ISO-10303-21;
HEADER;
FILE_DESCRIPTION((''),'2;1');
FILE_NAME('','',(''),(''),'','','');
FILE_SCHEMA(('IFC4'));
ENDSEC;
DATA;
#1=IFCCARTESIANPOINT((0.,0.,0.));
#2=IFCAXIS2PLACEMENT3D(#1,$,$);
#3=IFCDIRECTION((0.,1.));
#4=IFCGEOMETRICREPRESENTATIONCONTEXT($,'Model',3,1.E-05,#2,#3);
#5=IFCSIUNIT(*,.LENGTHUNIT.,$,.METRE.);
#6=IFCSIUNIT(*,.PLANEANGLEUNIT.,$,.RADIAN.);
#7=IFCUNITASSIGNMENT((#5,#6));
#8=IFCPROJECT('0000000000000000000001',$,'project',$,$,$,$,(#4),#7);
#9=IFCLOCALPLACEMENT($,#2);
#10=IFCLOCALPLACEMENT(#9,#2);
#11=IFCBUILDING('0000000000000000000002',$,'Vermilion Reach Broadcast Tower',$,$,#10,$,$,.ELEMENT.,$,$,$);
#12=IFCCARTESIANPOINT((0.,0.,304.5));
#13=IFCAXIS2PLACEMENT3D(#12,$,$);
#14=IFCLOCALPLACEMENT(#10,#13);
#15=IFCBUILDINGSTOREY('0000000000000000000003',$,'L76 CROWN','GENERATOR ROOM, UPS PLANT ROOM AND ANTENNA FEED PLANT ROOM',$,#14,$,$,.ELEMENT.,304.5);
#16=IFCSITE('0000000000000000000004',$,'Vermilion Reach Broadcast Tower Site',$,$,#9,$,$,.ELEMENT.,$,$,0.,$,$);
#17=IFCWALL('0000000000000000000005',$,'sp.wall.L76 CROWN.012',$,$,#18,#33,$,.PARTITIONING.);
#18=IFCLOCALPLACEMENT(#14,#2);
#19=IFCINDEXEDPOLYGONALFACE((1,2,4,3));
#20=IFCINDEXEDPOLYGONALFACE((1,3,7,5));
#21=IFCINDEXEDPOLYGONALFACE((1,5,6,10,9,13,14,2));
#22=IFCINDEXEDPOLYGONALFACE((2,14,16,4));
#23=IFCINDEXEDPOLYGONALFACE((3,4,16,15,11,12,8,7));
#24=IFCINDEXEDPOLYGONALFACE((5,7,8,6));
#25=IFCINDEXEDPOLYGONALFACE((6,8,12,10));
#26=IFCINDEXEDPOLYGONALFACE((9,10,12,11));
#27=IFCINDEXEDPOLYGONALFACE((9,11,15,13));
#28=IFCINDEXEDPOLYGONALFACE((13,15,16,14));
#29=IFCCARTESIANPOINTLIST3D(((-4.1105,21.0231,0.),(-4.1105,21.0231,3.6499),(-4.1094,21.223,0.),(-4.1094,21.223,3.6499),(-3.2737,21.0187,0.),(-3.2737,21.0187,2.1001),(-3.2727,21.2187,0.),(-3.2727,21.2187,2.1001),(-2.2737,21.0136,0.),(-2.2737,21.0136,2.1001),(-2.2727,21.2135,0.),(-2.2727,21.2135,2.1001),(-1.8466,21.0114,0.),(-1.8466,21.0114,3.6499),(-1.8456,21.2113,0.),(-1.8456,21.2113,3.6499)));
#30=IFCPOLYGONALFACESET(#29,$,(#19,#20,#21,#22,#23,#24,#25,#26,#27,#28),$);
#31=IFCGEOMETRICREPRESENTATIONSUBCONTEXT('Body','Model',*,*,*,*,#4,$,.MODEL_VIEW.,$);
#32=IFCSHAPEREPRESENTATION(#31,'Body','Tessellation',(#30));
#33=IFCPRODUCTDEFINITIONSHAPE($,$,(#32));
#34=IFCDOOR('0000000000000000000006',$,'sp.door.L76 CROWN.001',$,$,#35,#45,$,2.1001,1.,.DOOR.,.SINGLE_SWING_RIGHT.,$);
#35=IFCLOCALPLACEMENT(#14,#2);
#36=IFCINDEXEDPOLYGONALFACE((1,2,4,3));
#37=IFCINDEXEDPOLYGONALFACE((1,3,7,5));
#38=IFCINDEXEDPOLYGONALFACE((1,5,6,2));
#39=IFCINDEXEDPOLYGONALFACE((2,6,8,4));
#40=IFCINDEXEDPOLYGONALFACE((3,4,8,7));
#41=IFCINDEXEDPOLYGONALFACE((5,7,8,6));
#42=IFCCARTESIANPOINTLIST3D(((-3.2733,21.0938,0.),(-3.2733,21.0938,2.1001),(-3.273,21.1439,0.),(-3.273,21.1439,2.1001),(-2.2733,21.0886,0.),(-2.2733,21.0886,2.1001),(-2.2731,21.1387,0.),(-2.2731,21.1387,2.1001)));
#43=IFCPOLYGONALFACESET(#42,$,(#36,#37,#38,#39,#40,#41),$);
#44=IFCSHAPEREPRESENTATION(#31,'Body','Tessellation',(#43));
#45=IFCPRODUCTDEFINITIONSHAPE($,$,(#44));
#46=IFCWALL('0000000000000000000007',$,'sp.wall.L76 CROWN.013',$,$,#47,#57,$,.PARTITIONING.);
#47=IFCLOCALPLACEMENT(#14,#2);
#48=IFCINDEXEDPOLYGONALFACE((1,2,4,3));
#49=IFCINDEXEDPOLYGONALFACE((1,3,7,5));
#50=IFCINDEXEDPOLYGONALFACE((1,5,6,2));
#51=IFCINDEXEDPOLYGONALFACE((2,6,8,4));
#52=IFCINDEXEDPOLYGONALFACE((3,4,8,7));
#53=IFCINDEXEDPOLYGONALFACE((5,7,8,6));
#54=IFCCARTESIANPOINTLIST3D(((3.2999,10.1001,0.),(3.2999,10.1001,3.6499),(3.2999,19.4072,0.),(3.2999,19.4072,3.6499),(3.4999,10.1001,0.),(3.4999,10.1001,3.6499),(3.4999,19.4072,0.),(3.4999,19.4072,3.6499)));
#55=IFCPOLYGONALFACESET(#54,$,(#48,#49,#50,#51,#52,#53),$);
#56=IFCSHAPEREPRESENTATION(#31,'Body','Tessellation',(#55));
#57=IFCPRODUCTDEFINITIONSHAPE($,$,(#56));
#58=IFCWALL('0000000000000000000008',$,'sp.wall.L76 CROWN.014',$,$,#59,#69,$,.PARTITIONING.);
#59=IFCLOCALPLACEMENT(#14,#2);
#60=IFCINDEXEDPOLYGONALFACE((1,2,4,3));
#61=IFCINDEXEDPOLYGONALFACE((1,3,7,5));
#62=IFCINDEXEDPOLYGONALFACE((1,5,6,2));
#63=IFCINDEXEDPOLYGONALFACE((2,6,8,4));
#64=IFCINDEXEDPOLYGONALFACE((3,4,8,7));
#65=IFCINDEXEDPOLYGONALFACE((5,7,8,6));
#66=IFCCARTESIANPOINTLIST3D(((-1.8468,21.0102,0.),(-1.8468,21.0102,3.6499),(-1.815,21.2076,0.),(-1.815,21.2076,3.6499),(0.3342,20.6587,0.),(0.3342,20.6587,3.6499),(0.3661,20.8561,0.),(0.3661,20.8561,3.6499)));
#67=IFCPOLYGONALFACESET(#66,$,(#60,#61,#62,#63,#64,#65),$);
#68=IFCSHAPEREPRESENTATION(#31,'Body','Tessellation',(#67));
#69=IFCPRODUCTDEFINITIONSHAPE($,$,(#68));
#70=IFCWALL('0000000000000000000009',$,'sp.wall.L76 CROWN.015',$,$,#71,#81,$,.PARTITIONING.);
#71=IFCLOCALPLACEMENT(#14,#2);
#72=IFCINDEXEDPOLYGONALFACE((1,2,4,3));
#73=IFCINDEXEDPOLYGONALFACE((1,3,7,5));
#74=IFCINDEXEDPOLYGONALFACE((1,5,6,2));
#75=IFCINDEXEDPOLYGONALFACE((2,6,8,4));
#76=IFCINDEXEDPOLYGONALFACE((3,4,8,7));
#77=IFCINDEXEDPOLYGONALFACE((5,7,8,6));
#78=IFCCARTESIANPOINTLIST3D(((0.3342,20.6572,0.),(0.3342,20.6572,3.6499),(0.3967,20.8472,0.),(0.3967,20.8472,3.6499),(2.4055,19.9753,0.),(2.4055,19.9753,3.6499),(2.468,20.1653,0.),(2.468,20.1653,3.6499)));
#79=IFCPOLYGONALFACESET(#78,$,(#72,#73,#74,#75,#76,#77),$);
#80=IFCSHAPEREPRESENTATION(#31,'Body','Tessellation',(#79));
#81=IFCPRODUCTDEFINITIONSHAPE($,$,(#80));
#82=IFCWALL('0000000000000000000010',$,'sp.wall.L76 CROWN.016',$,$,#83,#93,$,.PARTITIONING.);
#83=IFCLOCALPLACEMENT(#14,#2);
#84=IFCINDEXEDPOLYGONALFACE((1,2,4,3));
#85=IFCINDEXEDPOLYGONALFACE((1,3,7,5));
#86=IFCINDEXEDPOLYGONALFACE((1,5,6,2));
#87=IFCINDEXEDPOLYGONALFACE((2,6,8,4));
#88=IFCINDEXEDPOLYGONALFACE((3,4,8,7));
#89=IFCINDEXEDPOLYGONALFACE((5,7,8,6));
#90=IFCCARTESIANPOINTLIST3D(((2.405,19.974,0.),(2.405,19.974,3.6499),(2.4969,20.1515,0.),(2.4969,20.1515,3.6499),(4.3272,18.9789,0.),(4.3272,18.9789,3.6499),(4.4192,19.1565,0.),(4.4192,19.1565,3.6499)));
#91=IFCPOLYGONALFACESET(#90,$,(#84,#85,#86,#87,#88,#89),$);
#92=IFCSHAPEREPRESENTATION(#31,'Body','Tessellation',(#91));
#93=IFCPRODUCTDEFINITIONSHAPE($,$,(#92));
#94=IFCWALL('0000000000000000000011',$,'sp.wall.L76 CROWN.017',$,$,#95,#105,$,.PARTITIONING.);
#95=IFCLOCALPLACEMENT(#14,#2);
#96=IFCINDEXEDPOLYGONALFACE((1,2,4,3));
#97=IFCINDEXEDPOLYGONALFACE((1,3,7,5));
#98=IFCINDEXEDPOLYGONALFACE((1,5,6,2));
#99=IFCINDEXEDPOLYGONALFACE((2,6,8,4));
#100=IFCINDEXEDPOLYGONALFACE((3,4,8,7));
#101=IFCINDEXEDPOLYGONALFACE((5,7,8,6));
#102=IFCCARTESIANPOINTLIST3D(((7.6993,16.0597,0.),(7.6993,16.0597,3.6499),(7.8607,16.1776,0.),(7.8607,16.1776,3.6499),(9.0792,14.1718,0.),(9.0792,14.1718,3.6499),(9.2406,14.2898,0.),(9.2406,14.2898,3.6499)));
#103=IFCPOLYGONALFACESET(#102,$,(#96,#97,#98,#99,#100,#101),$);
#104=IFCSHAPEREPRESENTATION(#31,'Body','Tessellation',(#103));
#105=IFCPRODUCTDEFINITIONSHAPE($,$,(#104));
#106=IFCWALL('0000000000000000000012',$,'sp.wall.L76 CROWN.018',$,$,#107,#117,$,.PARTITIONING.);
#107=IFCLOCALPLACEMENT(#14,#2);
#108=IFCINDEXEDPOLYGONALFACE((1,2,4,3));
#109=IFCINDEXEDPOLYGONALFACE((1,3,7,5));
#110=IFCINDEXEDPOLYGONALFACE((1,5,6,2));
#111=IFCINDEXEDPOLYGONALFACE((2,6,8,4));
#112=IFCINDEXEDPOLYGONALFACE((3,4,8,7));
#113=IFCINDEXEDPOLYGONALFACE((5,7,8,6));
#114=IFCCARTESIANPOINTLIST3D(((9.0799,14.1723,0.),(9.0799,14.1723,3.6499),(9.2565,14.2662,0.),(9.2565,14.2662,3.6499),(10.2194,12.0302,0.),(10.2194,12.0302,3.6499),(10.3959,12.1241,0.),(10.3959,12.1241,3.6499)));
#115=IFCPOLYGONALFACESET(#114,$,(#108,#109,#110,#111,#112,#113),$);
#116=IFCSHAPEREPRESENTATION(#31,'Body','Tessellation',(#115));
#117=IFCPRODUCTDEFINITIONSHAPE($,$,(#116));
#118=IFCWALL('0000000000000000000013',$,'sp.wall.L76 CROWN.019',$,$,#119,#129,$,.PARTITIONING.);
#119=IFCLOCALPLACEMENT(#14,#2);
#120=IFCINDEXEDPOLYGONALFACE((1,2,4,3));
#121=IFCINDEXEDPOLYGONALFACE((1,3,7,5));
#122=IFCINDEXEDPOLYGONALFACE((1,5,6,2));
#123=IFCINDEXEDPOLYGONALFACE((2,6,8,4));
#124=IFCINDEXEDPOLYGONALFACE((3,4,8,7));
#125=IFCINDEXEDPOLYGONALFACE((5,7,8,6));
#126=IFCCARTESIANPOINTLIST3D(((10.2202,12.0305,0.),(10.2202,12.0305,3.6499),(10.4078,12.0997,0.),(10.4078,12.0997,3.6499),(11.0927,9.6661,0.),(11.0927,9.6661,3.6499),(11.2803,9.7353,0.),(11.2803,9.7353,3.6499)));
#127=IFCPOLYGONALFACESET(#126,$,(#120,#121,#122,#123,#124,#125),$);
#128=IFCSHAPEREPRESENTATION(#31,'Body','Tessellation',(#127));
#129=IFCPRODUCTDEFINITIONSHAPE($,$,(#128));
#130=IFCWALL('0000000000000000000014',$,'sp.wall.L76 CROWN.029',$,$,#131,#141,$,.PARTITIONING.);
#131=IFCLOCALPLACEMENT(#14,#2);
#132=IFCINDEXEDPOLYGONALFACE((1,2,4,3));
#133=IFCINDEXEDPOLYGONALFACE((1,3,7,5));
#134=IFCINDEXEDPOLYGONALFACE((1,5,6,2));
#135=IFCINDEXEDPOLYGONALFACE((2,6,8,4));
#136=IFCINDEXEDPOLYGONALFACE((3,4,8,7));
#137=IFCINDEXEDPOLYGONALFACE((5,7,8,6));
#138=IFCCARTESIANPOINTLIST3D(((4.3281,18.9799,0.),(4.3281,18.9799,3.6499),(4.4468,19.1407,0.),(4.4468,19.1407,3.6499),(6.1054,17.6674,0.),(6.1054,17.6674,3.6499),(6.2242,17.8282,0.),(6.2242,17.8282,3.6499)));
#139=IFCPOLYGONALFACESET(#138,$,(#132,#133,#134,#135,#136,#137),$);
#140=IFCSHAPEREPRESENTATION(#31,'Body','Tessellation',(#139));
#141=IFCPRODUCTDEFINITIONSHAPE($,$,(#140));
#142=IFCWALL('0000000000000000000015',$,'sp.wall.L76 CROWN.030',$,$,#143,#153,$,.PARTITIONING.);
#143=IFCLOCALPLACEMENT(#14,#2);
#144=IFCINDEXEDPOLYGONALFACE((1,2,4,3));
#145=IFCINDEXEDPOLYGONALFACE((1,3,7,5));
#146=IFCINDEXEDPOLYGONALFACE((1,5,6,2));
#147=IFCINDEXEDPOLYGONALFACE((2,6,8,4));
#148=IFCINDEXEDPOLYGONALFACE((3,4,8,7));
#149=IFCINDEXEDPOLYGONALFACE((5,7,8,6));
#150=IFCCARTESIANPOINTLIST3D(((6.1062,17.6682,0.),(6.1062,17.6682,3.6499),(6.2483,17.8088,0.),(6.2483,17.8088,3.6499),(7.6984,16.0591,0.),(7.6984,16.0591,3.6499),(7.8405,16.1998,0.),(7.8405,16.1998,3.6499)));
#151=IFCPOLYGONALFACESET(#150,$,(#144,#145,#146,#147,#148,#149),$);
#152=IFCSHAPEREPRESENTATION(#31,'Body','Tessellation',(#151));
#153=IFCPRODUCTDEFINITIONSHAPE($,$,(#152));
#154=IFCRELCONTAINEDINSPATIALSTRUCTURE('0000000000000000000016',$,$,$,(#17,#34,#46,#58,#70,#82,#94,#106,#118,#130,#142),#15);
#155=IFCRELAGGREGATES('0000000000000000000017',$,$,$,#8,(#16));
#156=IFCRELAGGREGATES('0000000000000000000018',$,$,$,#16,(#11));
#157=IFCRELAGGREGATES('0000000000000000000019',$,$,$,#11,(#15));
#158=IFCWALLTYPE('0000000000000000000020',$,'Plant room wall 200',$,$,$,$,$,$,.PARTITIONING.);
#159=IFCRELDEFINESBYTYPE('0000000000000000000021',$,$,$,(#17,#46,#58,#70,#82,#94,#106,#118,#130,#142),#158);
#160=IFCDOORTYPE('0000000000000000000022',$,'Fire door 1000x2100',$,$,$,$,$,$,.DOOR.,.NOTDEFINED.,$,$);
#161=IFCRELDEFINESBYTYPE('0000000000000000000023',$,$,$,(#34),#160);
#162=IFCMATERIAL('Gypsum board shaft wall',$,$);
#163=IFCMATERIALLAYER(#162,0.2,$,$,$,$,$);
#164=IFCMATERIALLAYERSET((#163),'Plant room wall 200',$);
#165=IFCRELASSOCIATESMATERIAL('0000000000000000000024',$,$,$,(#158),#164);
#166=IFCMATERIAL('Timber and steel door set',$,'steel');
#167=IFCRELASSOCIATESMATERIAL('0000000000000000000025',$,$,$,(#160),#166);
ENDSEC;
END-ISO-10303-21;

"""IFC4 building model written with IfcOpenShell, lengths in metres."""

from ifc_helpers import new_model, si_unit, direction, frame, frame_2d, origin, place, context, subcontext, project, spatial, rectangle, extrude, material, layer, layer_set, type_object, element, fill, save


model = new_model("IFC4")

# Units and contexts
model_context = context("Model", 3, precision=1e-05, world=origin(), true_north=direction((0.0, 1.0)))
body_context = subcontext(model_context, "Body", "Model", "MODEL_VIEW")
ifc_project = project(units=[si_unit("LENGTHUNIT", "METRE"), si_unit("PLANEANGLEUNIT", "RADIAN")], contexts=[model_context])

# Site, building, storey
site_placement = place(None, origin())
site = spatial("IfcSite", under=ifc_project, at=site_placement, Name="Vermilion Reach Broadcast Tower Site", CompositionType="ELEMENT", RefElevation=0.0)
building_placement = place(site_placement, origin())
building = spatial("IfcBuilding", under=site, at=building_placement, Name="Vermilion Reach Broadcast Tower", CompositionType="ELEMENT")
storey_placement = place(building_placement, frame((0.0, 0.0, 304.5)))
storey = spatial("IfcBuildingStorey", under=building, at=storey_placement, Name="L76 CROWN", Description="GENERATOR ROOM, UPS PLANT ROOM AND ANTENNA FEED PLANT ROOM", CompositionType="ELEMENT", Elevation=304.5)

# Shared definitions
ifc_material_1 = material(Name="Gypsum board shaft wall")
ifc_layer_1 = layer(ifc_material_1, 0.2)
ifc_layer_set_1 = layer_set([ifc_layer_1], Name="Plant room wall 200")
wall_type_1 = type_object("IfcWallType", Name="Plant room wall 200", PredefinedType="PARTITIONING", material=ifc_layer_set_1)

# Wall, opening, door
wall_1_placement = place(storey_placement, frame((-1.8462, 21.1113, 0.0), z_axis=(0.0, 0.0, 1.0), x_axis=(-0.999987, 0.005176, 0.0)))
wall_1 = element("IfcWall", 1, at=wall_1_placement, inside=storey, type_object=wall_type_1, Name="sp.wall.L76 CROWN.012", PredefinedType="PARTITIONING", context=body_context, shape_type="SweptSolid", body=[
    extrude(rectangle(XDim=2.2639, YDim=0.2, at=frame_2d((1.1318, 0.0))), origin(), (0.0, 0.0, 1.0), 3.6499),
])
opening_placement = place(wall_1_placement, frame((0.427, 0.0, 0.0)))
opening = element("IfcOpeningElement", 2, at=opening_placement, cuts=wall_1, PredefinedType="OPENING", context=body_context, shape_type="SweptSolid", body=[
    extrude(rectangle(XDim=1.0, YDim=2.1001, at=frame_2d((0.5, 1.05))), frame((0.0, 0.1099, 0.0), z_axis=(0.0, -1.0, 0.0), x_axis=(1.0, 0.0, 0.0)), (0.0, 0.0, 1.0), 0.22),
])
ifc_material_2 = material(Name="Timber and steel door set", Category="steel")
door_type = type_object("IfcDoorType", Name="Fire door 1000x2100", OperationType="NOTDEFINED", PredefinedType="DOOR", material=ifc_material_2)
door_placement = place(opening_placement, origin())
door = element("IfcDoor", 3, at=door_placement, inside=storey, type_object=door_type, Name="sp.door.L76 CROWN.001", OperationType="SINGLE_SWING_RIGHT", OverallHeight=2.1001, OverallWidth=1.0, PredefinedType="DOOR", context=body_context, shape_type="SweptSolid", body=[
    extrude(rectangle(XDim=1.0, YDim=2.1001, at=frame_2d((0.5, 1.05))), frame((0.0, 0.0249, 0.0), z_axis=(0.0, -1.0, 0.0), x_axis=(1.0, 0.0, 0.0)), (0.0, 0.0, 1.0), 0.05),
])
fill(opening, door)

# Walls
wall_2_placement = place(storey_placement, frame((3.3999, 10.1001, 0.0), z_axis=(0.0, 0.0, 1.0), x_axis=(0.0, 1.0, 0.0)))
element("IfcWall", 4, at=wall_2_placement, inside=storey, type_object=wall_type_1, Name="sp.wall.L76 CROWN.013", PredefinedType="PARTITIONING", context=body_context, shape_type="SweptSolid", body=[
    extrude(rectangle(XDim=9.3071, YDim=0.2, at=frame_2d((4.6536, 0.0))), origin(), (0.0, 0.0, 1.0), 3.6499),
])
wall_3_placement = place(storey_placement, frame((-1.8308, 21.1089, 0.0), z_axis=(0.0, 0.0, 1.0), x_axis=(0.987258, -0.159128, 0.0)))
element("IfcWall", 5, at=wall_3_placement, inside=storey, type_object=wall_type_1, Name="sp.wall.L76 CROWN.014", PredefinedType="PARTITIONING", context=body_context, shape_type="SweptSolid", body=[
    extrude(rectangle(XDim=2.2092, YDim=0.2, at=frame_2d((1.1045, 0.0))), origin(), (0.0, 0.0, 1.0), 3.6499),
])
wall_4_placement = place(storey_placement, frame((0.3655, 20.7522, 0.0), z_axis=(0.0, 0.0, 1.0), x_axis=(0.949852, -0.312699, 0.0)))
element("IfcWall", 6, at=wall_4_placement, inside=storey, type_object=wall_type_1, Name="sp.wall.L76 CROWN.015", PredefinedType="PARTITIONING", context=body_context, shape_type="SweptSolid", body=[
    extrude(rectangle(XDim=2.1807, YDim=0.2, at=frame_2d((1.0903, 0.0))), origin(), (0.0, 0.0, 1.0), 3.6499),
])
wall_5_placement = place(storey_placement, frame((2.4509, 20.0627, 0.0), z_axis=(0.0, 0.0, 1.0), x_axis=(0.888068, -0.459711, 0.0)))
element("IfcWall", 7, at=wall_5_placement, inside=storey, type_object=wall_type_1, Name="sp.wall.L76 CROWN.016", PredefinedType="PARTITIONING", context=body_context, shape_type="SweptSolid", body=[
    extrude(rectangle(XDim=2.1646, YDim=0.2, at=frame_2d((1.0823, 0.0))), origin(), (0.0, 0.0, 1.0), 3.6499),
])
wall_6_placement = place(storey_placement, frame((7.78, 16.1187, 0.0), z_axis=(0.0, 0.0, 1.0), x_axis=(0.590082, -0.807343, 0.0)))
element("IfcWall", 8, at=wall_6_placement, inside=storey, type_object=wall_type_1, Name="sp.wall.L76 CROWN.017", PredefinedType="PARTITIONING", context=body_context, shape_type="SweptSolid", body=[
    extrude(rectangle(XDim=2.3384, YDim=0.2, at=frame_2d((1.1692, 0.0))), origin(), (0.0, 0.0, 1.0), 3.6499),
])
wall_7_placement = place(storey_placement, frame((9.1682, 14.2192, 0.0), z_axis=(0.0, 0.0, 1.0), x_axis=(0.469611, -0.882873, 0.0)))
element("IfcWall", 9, at=wall_7_placement, inside=storey, type_object=wall_type_1, Name="sp.wall.L76 CROWN.018", PredefinedType="PARTITIONING", context=body_context, shape_type="SweptSolid", body=[
    extrude(rectangle(XDim=2.4263, YDim=0.2, at=frame_2d((1.2131, 0.0))), origin(), (0.0, 0.0, 1.0), 3.6499),
])
wall_8_placement = place(storey_placement, frame((10.314, 12.0652, 0.0), z_axis=(0.0, 0.0, 1.0), x_axis=(0.346204, -0.938159, 0.0)))
element("IfcWall", 10, at=wall_8_placement, inside=storey, type_object=wall_type_1, Name="sp.wall.L76 CROWN.019", PredefinedType="PARTITIONING", context=body_context, shape_type="SweptSolid", body=[
    extrude(rectangle(XDim=2.5203, YDim=0.2, at=frame_2d((1.2603, 0.0))), origin(), (0.0, 0.0, 1.0), 3.6499),
])
wall_9_placement = place(storey_placement, frame((4.3875, 19.0603, 0.0), z_axis=(0.0, 0.0, 1.0), x_axis=(0.804433, -0.594043, 0.0)))
element("IfcWall", 11, at=wall_9_placement, inside=storey, type_object=wall_type_1, Name="sp.wall.L76 CROWN.029", PredefinedType="PARTITIONING", context=body_context, shape_type="SweptSolid", body=[
    extrude(rectangle(XDim=2.2095, YDim=0.2, at=frame_2d((1.1047, 0.0))), origin(), (0.0, 0.0, 1.0), 3.6499),
])
wall_10_placement = place(storey_placement, frame((6.1772, 17.7385, 0.0), z_axis=(0.0, 0.0, 1.0), x_axis=(0.703376, -0.710818, 0.0)))
element("IfcWall", 12, at=wall_10_placement, inside=storey, type_object=wall_type_1, Name="sp.wall.L76 CROWN.030", PredefinedType="PARTITIONING", context=body_context, shape_type="SweptSolid", body=[
    extrude(rectangle(XDim=2.2637, YDim=0.2, at=frame_2d((1.1318, 0.0))), origin(), (0.0, 0.0, 1.0), 3.6499),
])

save(model, "model.ifc")
